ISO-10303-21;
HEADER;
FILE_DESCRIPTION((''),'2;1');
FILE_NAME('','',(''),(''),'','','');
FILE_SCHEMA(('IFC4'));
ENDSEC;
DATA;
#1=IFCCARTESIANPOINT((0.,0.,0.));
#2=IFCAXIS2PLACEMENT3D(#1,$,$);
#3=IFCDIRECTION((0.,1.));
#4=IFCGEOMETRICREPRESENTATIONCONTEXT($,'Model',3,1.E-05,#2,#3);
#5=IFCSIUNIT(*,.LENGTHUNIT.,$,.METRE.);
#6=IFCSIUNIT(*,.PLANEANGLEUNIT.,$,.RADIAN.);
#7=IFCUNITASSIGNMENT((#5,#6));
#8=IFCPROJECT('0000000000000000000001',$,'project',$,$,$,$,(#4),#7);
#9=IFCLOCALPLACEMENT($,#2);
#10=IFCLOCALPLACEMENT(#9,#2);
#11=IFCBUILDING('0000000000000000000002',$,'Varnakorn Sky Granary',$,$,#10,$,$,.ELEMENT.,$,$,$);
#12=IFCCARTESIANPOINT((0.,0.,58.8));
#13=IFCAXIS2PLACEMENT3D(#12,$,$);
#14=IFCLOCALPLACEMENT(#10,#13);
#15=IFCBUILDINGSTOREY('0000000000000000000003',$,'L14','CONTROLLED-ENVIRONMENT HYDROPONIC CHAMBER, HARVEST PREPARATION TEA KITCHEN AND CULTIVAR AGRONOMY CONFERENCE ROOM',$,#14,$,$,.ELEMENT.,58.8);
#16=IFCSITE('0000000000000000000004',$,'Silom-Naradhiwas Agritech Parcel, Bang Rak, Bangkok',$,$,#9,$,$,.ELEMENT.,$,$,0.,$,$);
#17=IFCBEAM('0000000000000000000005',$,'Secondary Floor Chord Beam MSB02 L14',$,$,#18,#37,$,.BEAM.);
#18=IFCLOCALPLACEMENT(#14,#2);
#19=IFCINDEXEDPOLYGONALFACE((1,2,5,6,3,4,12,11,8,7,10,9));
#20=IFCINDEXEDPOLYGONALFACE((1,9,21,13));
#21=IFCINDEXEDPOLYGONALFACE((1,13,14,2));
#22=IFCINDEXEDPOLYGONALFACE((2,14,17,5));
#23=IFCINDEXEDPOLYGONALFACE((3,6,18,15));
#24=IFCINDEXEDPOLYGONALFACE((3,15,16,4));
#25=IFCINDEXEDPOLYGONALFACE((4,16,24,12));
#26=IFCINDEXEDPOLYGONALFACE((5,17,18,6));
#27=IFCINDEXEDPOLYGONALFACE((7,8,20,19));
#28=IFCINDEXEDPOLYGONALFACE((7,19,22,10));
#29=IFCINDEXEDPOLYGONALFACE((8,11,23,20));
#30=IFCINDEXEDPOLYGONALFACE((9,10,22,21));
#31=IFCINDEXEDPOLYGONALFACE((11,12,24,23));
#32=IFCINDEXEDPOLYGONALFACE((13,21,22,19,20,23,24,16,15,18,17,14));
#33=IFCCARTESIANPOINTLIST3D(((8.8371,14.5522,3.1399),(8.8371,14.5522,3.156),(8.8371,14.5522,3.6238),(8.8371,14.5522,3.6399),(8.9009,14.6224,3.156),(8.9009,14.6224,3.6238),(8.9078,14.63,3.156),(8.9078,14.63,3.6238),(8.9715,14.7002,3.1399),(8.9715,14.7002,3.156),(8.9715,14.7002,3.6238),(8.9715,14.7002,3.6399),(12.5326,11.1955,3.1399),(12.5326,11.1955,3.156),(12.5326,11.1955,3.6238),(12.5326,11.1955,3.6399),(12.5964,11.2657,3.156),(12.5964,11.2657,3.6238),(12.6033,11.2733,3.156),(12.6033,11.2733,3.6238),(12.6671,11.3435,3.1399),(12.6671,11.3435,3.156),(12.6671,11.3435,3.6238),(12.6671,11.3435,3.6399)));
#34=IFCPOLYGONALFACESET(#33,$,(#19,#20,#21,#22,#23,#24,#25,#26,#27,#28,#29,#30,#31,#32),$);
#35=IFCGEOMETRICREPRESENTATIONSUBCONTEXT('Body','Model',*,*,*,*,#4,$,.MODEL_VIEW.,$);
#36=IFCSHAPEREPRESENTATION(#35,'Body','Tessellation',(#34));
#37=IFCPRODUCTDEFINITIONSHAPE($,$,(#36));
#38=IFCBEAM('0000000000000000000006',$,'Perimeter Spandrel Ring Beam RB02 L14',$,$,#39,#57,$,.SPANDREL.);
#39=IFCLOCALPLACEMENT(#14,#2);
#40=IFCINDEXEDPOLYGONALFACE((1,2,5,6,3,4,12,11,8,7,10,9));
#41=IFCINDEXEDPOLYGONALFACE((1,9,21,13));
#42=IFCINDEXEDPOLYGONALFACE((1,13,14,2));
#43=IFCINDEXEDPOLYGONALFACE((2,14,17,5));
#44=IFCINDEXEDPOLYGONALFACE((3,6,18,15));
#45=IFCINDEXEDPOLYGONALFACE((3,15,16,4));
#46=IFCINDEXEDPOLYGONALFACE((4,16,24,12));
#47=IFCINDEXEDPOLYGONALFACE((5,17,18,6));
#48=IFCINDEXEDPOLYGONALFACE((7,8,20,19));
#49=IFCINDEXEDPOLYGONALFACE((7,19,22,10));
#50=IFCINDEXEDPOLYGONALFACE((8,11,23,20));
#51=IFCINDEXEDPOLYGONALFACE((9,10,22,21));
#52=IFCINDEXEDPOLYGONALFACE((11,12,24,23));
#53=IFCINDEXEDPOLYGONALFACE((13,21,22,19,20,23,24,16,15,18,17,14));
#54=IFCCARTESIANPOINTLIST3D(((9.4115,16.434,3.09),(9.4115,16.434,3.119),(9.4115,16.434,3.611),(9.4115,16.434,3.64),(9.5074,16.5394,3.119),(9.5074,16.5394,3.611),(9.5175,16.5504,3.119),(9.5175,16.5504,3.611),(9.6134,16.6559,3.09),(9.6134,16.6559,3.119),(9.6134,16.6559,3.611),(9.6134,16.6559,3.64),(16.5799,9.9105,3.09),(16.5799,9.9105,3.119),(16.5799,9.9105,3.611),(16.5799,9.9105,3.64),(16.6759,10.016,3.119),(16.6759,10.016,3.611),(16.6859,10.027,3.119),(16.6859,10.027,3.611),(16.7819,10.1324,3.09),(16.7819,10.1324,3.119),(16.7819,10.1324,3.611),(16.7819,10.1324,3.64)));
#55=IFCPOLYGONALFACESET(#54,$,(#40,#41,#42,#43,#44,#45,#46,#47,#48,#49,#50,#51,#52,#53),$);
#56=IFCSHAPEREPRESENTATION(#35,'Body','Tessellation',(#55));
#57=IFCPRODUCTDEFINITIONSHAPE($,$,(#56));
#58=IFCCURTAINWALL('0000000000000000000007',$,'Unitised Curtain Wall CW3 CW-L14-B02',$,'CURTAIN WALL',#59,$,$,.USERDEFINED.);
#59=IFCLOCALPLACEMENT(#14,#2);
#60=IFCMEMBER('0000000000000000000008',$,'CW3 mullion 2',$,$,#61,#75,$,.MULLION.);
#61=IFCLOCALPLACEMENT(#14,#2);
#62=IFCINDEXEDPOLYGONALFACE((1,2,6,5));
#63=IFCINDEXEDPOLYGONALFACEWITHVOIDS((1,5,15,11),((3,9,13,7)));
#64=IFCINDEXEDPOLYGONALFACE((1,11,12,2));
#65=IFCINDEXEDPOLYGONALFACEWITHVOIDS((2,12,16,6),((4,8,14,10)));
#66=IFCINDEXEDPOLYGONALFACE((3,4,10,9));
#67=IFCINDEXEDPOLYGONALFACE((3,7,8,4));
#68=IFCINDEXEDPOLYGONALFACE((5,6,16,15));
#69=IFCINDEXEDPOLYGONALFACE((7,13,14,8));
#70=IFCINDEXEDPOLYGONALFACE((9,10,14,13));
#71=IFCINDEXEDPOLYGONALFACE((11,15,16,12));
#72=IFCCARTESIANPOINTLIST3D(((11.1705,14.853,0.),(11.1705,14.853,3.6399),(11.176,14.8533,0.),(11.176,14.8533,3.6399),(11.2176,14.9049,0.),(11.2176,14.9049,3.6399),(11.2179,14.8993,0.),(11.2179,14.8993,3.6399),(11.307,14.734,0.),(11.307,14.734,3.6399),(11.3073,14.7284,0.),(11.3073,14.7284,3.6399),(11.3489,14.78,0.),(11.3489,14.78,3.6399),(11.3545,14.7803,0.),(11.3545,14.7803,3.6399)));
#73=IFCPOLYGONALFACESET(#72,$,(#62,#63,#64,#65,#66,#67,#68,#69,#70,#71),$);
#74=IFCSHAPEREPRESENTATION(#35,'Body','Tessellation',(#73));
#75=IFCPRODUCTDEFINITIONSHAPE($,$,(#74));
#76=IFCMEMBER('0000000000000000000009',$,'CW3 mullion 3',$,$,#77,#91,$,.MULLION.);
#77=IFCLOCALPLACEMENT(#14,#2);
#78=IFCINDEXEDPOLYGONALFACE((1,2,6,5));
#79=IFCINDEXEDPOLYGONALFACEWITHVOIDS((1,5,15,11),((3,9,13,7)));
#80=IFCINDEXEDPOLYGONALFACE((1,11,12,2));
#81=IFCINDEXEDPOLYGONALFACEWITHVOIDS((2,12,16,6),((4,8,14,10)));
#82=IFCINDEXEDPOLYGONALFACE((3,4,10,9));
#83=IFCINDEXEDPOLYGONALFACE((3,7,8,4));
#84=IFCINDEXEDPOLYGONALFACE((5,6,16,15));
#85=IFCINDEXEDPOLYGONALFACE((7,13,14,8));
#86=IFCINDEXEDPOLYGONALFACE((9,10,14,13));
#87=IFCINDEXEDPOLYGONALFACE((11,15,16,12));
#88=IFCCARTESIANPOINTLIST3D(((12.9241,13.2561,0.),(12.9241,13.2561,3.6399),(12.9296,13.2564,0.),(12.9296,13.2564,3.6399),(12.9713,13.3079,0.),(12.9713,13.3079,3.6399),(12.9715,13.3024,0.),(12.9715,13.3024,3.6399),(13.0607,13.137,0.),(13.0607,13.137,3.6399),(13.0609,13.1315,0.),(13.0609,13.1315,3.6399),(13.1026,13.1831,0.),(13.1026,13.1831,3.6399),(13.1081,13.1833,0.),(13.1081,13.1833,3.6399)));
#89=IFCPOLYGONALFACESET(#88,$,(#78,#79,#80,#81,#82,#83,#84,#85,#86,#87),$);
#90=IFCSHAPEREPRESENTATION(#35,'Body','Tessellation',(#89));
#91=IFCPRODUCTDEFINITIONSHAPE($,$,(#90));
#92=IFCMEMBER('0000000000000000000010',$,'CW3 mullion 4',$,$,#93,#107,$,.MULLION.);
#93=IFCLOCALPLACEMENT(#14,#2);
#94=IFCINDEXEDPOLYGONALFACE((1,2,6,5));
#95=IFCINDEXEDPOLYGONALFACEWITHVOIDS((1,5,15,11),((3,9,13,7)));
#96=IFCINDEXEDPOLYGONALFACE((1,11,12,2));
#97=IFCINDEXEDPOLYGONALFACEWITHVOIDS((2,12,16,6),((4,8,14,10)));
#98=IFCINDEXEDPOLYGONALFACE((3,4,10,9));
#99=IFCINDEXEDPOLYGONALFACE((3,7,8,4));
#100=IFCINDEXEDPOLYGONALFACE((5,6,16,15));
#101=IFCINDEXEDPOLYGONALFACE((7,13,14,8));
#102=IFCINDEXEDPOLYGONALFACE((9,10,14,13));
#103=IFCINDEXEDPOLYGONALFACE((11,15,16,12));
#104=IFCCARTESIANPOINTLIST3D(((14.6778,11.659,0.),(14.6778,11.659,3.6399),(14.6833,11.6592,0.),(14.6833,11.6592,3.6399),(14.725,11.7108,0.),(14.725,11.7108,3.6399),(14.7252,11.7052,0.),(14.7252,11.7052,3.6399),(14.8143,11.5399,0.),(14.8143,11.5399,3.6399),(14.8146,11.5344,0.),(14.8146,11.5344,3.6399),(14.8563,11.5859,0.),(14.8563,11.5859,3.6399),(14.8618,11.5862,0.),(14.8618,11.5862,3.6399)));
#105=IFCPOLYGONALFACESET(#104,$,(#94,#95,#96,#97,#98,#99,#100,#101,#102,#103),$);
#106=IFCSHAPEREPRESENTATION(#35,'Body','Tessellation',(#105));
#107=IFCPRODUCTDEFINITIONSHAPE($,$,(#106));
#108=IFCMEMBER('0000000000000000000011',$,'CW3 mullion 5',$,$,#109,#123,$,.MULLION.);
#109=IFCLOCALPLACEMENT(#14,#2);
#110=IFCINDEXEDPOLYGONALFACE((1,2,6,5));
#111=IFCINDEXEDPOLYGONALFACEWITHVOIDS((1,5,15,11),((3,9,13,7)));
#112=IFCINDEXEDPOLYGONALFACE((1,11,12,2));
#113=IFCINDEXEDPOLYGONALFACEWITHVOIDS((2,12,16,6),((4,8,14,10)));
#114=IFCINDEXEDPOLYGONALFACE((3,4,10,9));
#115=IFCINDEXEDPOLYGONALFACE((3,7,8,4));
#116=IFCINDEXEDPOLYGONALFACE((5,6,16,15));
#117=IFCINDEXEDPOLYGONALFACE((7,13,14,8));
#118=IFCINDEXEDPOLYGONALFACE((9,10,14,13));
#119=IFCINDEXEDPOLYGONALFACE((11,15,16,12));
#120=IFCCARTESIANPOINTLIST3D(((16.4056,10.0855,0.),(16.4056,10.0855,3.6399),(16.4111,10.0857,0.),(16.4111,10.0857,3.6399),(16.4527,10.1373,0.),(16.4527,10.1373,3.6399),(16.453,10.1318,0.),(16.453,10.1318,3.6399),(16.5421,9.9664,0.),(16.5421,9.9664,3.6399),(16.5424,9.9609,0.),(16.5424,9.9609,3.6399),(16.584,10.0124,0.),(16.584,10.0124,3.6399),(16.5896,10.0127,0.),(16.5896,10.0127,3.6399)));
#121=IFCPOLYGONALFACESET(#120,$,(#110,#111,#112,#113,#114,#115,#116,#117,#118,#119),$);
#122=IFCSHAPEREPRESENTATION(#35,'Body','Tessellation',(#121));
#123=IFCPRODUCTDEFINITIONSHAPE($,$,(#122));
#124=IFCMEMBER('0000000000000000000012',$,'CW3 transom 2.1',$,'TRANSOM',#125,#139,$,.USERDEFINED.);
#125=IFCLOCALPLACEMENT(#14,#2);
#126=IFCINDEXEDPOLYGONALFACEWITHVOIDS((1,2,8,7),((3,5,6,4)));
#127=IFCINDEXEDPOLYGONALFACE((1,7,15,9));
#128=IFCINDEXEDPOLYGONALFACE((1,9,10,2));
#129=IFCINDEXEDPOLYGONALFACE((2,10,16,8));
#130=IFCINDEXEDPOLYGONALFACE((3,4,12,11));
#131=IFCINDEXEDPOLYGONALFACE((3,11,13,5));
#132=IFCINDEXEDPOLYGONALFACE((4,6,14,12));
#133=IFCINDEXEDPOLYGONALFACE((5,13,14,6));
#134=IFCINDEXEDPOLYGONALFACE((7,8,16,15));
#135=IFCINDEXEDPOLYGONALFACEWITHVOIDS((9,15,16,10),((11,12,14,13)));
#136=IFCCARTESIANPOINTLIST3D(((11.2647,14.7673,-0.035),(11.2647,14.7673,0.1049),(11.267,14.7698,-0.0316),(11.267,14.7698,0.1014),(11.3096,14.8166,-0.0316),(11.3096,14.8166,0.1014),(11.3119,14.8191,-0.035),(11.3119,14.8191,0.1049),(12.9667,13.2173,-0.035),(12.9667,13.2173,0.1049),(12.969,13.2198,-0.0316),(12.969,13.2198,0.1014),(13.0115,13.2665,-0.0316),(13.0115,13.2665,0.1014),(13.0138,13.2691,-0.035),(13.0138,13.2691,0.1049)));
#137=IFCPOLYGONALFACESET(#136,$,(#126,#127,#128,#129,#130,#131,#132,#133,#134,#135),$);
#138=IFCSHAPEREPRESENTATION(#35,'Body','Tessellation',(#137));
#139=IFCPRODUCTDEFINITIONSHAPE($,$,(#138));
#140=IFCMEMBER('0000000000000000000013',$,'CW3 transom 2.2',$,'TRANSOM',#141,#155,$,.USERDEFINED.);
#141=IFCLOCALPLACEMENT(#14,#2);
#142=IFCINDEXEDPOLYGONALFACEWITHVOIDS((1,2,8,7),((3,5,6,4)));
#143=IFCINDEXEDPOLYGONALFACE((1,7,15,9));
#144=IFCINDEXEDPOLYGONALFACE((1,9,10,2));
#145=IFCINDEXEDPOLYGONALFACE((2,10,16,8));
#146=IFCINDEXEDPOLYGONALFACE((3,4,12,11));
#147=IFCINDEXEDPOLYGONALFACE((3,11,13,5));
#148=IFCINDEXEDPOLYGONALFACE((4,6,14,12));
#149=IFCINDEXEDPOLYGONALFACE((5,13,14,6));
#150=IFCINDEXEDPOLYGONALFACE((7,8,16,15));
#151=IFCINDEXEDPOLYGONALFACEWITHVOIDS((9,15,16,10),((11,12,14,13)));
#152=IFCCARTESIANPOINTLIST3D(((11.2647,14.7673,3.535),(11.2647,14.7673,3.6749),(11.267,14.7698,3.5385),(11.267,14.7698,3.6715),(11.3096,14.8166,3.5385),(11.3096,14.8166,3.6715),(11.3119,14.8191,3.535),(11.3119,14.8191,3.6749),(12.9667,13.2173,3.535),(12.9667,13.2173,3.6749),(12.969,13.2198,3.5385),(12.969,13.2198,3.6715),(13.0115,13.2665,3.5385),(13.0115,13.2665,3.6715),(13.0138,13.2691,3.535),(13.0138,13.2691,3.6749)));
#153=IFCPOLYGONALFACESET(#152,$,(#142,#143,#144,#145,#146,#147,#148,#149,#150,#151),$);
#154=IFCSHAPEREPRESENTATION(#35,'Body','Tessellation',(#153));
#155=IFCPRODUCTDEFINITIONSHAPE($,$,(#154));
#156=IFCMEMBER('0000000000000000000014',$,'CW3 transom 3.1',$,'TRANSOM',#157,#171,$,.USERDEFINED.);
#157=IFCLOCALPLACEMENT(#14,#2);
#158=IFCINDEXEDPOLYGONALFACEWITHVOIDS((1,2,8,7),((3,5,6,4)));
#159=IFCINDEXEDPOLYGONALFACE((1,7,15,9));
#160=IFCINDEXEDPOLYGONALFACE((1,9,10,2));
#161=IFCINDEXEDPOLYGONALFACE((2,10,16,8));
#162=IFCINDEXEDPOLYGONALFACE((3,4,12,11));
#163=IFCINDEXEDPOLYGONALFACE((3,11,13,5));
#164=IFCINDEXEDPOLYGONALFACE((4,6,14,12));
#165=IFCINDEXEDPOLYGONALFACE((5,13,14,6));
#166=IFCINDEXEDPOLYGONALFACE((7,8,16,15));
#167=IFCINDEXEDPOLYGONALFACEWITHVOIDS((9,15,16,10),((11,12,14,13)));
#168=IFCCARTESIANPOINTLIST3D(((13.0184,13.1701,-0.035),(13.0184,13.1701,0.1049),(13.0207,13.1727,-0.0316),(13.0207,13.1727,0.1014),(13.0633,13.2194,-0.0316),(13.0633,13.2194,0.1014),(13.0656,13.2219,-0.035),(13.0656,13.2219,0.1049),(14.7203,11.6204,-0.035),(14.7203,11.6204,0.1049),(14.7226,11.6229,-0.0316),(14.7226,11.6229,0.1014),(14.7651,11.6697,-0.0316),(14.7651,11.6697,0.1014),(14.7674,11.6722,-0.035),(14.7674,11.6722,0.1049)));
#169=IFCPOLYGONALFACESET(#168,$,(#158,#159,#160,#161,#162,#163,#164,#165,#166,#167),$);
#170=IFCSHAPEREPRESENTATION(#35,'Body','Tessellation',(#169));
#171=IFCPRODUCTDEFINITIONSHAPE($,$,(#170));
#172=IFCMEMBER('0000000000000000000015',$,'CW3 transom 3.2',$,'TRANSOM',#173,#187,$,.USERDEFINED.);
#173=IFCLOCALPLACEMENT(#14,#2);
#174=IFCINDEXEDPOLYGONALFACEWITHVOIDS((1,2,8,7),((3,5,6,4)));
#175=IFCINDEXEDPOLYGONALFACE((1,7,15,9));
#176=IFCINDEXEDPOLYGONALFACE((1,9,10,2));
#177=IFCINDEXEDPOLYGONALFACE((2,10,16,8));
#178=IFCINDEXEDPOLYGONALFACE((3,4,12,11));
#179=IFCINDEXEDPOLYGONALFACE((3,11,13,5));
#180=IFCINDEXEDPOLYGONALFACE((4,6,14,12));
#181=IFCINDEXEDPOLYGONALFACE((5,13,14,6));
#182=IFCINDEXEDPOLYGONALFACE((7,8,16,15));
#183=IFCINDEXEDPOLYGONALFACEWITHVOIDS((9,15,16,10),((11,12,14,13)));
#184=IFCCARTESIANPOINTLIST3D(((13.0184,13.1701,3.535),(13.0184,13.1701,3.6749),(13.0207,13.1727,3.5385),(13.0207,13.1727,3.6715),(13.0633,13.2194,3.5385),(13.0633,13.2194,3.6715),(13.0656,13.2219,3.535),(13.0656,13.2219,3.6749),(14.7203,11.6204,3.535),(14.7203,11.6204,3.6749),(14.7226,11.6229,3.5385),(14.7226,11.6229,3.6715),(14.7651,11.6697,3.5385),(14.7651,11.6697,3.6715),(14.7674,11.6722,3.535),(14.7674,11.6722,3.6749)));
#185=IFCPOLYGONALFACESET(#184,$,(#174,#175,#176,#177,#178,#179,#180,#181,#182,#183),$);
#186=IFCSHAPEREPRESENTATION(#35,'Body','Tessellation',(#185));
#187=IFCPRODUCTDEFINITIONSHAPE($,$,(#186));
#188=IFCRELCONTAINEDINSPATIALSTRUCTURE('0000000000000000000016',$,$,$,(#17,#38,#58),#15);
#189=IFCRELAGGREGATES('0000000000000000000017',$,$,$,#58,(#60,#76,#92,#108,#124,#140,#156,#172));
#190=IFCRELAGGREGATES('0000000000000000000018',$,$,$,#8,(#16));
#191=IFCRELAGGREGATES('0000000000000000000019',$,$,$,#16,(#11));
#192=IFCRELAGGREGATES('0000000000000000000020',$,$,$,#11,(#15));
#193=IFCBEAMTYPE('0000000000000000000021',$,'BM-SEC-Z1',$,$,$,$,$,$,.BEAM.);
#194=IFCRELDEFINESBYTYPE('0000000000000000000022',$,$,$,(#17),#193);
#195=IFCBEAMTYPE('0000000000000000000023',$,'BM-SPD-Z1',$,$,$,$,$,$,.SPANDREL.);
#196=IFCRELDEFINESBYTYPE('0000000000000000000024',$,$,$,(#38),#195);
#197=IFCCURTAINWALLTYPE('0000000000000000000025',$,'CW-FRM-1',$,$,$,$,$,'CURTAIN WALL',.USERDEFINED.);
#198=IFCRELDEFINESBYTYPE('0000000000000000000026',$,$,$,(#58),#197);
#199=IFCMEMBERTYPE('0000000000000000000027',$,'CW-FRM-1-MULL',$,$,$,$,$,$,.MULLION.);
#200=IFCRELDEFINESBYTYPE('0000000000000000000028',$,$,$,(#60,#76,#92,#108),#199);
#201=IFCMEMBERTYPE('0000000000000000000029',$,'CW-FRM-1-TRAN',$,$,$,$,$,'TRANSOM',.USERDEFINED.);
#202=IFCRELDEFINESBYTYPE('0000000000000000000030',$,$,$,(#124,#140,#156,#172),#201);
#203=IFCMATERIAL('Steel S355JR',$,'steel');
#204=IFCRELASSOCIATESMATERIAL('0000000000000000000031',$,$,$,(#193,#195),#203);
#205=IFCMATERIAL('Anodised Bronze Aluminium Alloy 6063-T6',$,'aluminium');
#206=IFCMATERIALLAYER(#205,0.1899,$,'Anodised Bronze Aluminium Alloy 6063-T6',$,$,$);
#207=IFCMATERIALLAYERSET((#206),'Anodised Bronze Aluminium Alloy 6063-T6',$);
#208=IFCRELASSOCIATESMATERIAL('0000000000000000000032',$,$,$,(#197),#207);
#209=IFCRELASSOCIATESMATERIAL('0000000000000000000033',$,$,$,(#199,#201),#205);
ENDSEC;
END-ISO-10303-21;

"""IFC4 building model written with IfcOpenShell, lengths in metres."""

from ifc_helpers import new_model, si_unit, direction, frame, origin, origin_2d, place, context, subcontext, project, spatial, hollow_rectangle, i_section, extrude, material, layer, layer_set, material_profile, profile_set, type_object, element, aggregate, save


model = new_model("IFC4")

# Units and contexts
model_context = context("Model", 3, precision=1e-05, world=origin(), true_north=direction((0.0, 1.0)))
body_context = subcontext(model_context, "Body", "Model", "MODEL_VIEW")
ifc_project = project(units=[si_unit("LENGTHUNIT", "METRE"), si_unit("PLANEANGLEUNIT", "RADIAN")], contexts=[model_context])

# Site, building, storey
site_placement = place(None, origin())
site = spatial("IfcSite", under=ifc_project, at=site_placement, Name="Silom-Naradhiwas Agritech Parcel, Bang Rak, Bangkok", CompositionType="ELEMENT", RefElevation=0.0)
building_placement = place(site_placement, origin())
building = spatial("IfcBuilding", under=site, at=building_placement, Name="Varnakorn Sky Granary", CompositionType="ELEMENT")
storey_placement = place(building_placement, frame((0.0, 0.0, 58.8)))
storey = spatial("IfcBuildingStorey", under=building, at=storey_placement, Name="L14", Description="CONTROLLED-ENVIRONMENT HYDROPONIC CHAMBER, HARVEST PREPARATION TEA KITCHEN AND CULTIVAR AGRONOMY CONFERENCE ROOM", CompositionType="ELEMENT", Elevation=58.8)

# Beams
ifc_material_1 = material(Name="Steel S355JR", Category="steel")
ifc_material_profile_1 = material_profile(ifc_material_1, i_section(OverallWidth=0.2, OverallDepth=0.5, WebThickness=0.0103, FlangeThickness=0.0161, at=origin_2d()), Name="IPE 500")
ifc_profile_set_1 = profile_set([ifc_material_profile_1], Name="Steel S355JR")
beam_type_1 = type_object("IfcBeamType", Name="BM-SEC-Z1", PredefinedType="BEAM", material=ifc_profile_set_1)
beam_1_placement = place(storey_placement, frame((12.5999, 11.2695, 3.3899), z_axis=(-0.74023, 0.672354, 0.0), x_axis=(-0.672354, -0.74023, 0.0)))
element("IfcBeam", 1, at=beam_1_placement, inside=storey, type_object=beam_type_1, Name="Secondary Floor Chord Beam MSB02 L14", PredefinedType="BEAM", context=body_context, shape_type="SweptSolid", body=[
    extrude(i_section(OverallWidth=0.2, OverallDepth=0.5, WebThickness=0.0103, FlangeThickness=0.0161, at=origin_2d()), origin(), (0.0, 0.0, 1.0), 4.9924),
])
ifc_material_profile_2 = material_profile(ifc_material_1, i_section(OverallWidth=0.3, OverallDepth=0.55, WebThickness=0.0149, FlangeThickness=0.0291, at=origin_2d()), Name="HE 550 B")
ifc_profile_set_2 = profile_set([ifc_material_profile_2], Name="Steel S355JR")
beam_type_2 = type_object("IfcBeamType", Name="BM-SPD-Z1", PredefinedType="SPANDREL", material=ifc_profile_set_2)
beam_2_placement = place(storey_placement, frame((16.6809, 10.0215, 3.365), z_axis=(-0.739598, 0.673049, 0.0), x_axis=(-0.673049, -0.739598, 0.0)))
element("IfcBeam", 2, at=beam_2_placement, inside=storey, type_object=beam_type_2, Name="Perimeter Spandrel Ring Beam RB02 L14", PredefinedType="SPANDREL", context=body_context, shape_type="SweptSolid", body=[
    extrude(i_section(OverallWidth=0.3, OverallDepth=0.55, WebThickness=0.0149, FlangeThickness=0.0291, at=origin_2d()), origin(), (0.0, 0.0, 1.0), 9.6924),
])

# Curtain wall, members
ifc_material_2 = material(Name="Anodised Bronze Aluminium Alloy 6063-T6", Category="aluminium")
ifc_layer_1 = layer(ifc_material_2, 0.1899, Name="Anodised Bronze Aluminium Alloy 6063-T6")
ifc_layer_set_1 = layer_set([ifc_layer_1], Name="Anodised Bronze Aluminium Alloy 6063-T6")
curtain_wall_type = type_object("IfcCurtainWallType", Name="CW-FRM-1", ElementType="CURTAIN WALL", PredefinedType="USERDEFINED", material=ifc_layer_set_1)
curtain_wall_placement = place(storey_placement, origin())
curtain_wall = element("IfcCurtainWall", 3, at=curtain_wall_placement, inside=storey, type_object=curtain_wall_type, Name="Unitised Curtain Wall CW3 CW-L14-B02", ObjectType="CURTAIN WALL", PredefinedType="USERDEFINED")
ifc_material_profile_3 = material_profile(ifc_material_2, hollow_rectangle(XDim=0.0701, YDim=0.1851, WallThickness=0.0039, at=origin_2d()), Name="ALU MULL 70x185")
ifc_profile_set_3 = profile_set([ifc_material_profile_3], Name="Anodised Bronze Aluminium Alloy 6063-T6")
member_type_1 = type_object("IfcMemberType", Name="CW-FRM-1-MULL", PredefinedType="MULLION", material=ifc_profile_set_3)
member_1_placement = place(storey_placement, frame((11.2625, 14.8167, 0.0), z_axis=(0.0, 0.0, 1.0), x_axis=(0.673319, 0.739352, 0.0)))
member_1 = element("IfcMember", 4, at=member_1_placement, type_object=member_type_1, Name="CW3 mullion 2", PredefinedType="MULLION", context=body_context, shape_type="SweptSolid", body=[
    extrude(hollow_rectangle(XDim=0.0701, YDim=0.1851, WallThickness=0.0039, at=origin_2d()), origin(), (0.0, 0.0, 1.0), 3.6399),
])
member_2_placement = place(storey_placement, frame((13.0161, 13.2197, 0.0), z_axis=(0.0, 0.0, 1.0), x_axis=(0.673319, 0.739352, 0.0)))
member_2 = element("IfcMember", 5, at=member_2_placement, type_object=member_type_1, Name="CW3 mullion 3", PredefinedType="MULLION", context=body_context, shape_type="SweptSolid", body=[
    extrude(hollow_rectangle(XDim=0.0701, YDim=0.1851, WallThickness=0.0039, at=origin_2d()), origin(), (0.0, 0.0, 1.0), 3.6399),
])
member_3_placement = place(storey_placement, frame((14.7698, 11.6226, 0.0), z_axis=(0.0, 0.0, 1.0), x_axis=(0.673319, 0.739352, 0.0)))
member_3 = element("IfcMember", 6, at=member_3_placement, type_object=member_type_1, Name="CW3 mullion 4", PredefinedType="MULLION", context=body_context, shape_type="SweptSolid", body=[
    extrude(hollow_rectangle(XDim=0.0701, YDim=0.1851, WallThickness=0.0039, at=origin_2d()), origin(), (0.0, 0.0, 1.0), 3.6399),
])
member_4_placement = place(storey_placement, frame((16.4976, 10.0491, 0.0), z_axis=(0.0, 0.0, 1.0), x_axis=(0.673319, 0.739352, 0.0)))
member_4 = element("IfcMember", 7, at=member_4_placement, type_object=member_type_1, Name="CW3 mullion 5", PredefinedType="MULLION", context=body_context, shape_type="SweptSolid", body=[
    extrude(hollow_rectangle(XDim=0.0701, YDim=0.1851, WallThickness=0.0039, at=origin_2d()), origin(), (0.0, 0.0, 1.0), 3.6399),
])
ifc_material_profile_4 = material_profile(ifc_material_2, hollow_rectangle(XDim=0.0701, YDim=0.1399, WallThickness=0.0034, at=origin_2d()), Name="ALU TRAN 70x140")
ifc_profile_set_4 = profile_set([ifc_material_profile_4], Name="Anodised Bronze Aluminium Alloy 6063-T6")
member_type_2 = type_object("IfcMemberType", Name="CW-FRM-1-TRAN", ElementType="TRANSOM", PredefinedType="USERDEFINED", material=ifc_profile_set_4)
member_5_placement = place(storey_placement, frame((11.2883, 14.7932, 0.0349), z_axis=(0.739321, -0.673353, 0.0), x_axis=(0.673353, 0.739321, 0.0)))
member_5 = element("IfcMember", 8, at=member_5_placement, type_object=member_type_2, Name="CW3 transom 2.1", ObjectType="TRANSOM", PredefinedType="USERDEFINED", context=body_context, shape_type="SweptSolid", body=[
    extrude(hollow_rectangle(XDim=0.0701, YDim=0.1399, WallThickness=0.0034, at=origin_2d()), origin(), (0.0, 0.0, 1.0), 2.302),
])
member_6_placement = place(storey_placement, frame((11.2883, 14.7932, 3.605), z_axis=(0.739321, -0.673353, 0.0), x_axis=(0.673353, 0.739321, 0.0)))
member_6 = element("IfcMember", 9, at=member_6_placement, type_object=member_type_2, Name="CW3 transom 2.2", ObjectType="TRANSOM", PredefinedType="USERDEFINED", context=body_context, shape_type="SweptSolid", body=[
    extrude(hollow_rectangle(XDim=0.0701, YDim=0.1399, WallThickness=0.0034, at=origin_2d()), origin(), (0.0, 0.0, 1.0), 2.302),
])
member_7_placement = place(storey_placement, frame((13.042, 13.196, 0.0349), z_axis=(0.739373, -0.673296, 0.0), x_axis=(0.673296, 0.739373, 0.0)))
member_7 = element("IfcMember", 10, at=member_7_placement, type_object=member_type_2, Name="CW3 transom 3.1", ObjectType="TRANSOM", PredefinedType="USERDEFINED", context=body_context, shape_type="SweptSolid", body=[
    extrude(hollow_rectangle(XDim=0.0701, YDim=0.1399, WallThickness=0.0034, at=origin_2d()), origin(), (0.0, 0.0, 1.0), 2.3018),
])
member_8_placement = place(storey_placement, frame((13.042, 13.196, 3.605), z_axis=(0.739373, -0.673296, 0.0), x_axis=(0.673296, 0.739373, 0.0)))
member_8 = element("IfcMember", 11, at=member_8_placement, type_object=member_type_2, Name="CW3 transom 3.2", ObjectType="TRANSOM", PredefinedType="USERDEFINED", context=body_context, shape_type="SweptSolid", body=[
    extrude(hollow_rectangle(XDim=0.0701, YDim=0.1399, WallThickness=0.0034, at=origin_2d()), origin(), (0.0, 0.0, 1.0), 2.3018),
])

aggregate(curtain_wall, [member_1, member_2, member_3, member_4, member_5, member_6, member_7, member_8])

save(model, "model.ifc")
